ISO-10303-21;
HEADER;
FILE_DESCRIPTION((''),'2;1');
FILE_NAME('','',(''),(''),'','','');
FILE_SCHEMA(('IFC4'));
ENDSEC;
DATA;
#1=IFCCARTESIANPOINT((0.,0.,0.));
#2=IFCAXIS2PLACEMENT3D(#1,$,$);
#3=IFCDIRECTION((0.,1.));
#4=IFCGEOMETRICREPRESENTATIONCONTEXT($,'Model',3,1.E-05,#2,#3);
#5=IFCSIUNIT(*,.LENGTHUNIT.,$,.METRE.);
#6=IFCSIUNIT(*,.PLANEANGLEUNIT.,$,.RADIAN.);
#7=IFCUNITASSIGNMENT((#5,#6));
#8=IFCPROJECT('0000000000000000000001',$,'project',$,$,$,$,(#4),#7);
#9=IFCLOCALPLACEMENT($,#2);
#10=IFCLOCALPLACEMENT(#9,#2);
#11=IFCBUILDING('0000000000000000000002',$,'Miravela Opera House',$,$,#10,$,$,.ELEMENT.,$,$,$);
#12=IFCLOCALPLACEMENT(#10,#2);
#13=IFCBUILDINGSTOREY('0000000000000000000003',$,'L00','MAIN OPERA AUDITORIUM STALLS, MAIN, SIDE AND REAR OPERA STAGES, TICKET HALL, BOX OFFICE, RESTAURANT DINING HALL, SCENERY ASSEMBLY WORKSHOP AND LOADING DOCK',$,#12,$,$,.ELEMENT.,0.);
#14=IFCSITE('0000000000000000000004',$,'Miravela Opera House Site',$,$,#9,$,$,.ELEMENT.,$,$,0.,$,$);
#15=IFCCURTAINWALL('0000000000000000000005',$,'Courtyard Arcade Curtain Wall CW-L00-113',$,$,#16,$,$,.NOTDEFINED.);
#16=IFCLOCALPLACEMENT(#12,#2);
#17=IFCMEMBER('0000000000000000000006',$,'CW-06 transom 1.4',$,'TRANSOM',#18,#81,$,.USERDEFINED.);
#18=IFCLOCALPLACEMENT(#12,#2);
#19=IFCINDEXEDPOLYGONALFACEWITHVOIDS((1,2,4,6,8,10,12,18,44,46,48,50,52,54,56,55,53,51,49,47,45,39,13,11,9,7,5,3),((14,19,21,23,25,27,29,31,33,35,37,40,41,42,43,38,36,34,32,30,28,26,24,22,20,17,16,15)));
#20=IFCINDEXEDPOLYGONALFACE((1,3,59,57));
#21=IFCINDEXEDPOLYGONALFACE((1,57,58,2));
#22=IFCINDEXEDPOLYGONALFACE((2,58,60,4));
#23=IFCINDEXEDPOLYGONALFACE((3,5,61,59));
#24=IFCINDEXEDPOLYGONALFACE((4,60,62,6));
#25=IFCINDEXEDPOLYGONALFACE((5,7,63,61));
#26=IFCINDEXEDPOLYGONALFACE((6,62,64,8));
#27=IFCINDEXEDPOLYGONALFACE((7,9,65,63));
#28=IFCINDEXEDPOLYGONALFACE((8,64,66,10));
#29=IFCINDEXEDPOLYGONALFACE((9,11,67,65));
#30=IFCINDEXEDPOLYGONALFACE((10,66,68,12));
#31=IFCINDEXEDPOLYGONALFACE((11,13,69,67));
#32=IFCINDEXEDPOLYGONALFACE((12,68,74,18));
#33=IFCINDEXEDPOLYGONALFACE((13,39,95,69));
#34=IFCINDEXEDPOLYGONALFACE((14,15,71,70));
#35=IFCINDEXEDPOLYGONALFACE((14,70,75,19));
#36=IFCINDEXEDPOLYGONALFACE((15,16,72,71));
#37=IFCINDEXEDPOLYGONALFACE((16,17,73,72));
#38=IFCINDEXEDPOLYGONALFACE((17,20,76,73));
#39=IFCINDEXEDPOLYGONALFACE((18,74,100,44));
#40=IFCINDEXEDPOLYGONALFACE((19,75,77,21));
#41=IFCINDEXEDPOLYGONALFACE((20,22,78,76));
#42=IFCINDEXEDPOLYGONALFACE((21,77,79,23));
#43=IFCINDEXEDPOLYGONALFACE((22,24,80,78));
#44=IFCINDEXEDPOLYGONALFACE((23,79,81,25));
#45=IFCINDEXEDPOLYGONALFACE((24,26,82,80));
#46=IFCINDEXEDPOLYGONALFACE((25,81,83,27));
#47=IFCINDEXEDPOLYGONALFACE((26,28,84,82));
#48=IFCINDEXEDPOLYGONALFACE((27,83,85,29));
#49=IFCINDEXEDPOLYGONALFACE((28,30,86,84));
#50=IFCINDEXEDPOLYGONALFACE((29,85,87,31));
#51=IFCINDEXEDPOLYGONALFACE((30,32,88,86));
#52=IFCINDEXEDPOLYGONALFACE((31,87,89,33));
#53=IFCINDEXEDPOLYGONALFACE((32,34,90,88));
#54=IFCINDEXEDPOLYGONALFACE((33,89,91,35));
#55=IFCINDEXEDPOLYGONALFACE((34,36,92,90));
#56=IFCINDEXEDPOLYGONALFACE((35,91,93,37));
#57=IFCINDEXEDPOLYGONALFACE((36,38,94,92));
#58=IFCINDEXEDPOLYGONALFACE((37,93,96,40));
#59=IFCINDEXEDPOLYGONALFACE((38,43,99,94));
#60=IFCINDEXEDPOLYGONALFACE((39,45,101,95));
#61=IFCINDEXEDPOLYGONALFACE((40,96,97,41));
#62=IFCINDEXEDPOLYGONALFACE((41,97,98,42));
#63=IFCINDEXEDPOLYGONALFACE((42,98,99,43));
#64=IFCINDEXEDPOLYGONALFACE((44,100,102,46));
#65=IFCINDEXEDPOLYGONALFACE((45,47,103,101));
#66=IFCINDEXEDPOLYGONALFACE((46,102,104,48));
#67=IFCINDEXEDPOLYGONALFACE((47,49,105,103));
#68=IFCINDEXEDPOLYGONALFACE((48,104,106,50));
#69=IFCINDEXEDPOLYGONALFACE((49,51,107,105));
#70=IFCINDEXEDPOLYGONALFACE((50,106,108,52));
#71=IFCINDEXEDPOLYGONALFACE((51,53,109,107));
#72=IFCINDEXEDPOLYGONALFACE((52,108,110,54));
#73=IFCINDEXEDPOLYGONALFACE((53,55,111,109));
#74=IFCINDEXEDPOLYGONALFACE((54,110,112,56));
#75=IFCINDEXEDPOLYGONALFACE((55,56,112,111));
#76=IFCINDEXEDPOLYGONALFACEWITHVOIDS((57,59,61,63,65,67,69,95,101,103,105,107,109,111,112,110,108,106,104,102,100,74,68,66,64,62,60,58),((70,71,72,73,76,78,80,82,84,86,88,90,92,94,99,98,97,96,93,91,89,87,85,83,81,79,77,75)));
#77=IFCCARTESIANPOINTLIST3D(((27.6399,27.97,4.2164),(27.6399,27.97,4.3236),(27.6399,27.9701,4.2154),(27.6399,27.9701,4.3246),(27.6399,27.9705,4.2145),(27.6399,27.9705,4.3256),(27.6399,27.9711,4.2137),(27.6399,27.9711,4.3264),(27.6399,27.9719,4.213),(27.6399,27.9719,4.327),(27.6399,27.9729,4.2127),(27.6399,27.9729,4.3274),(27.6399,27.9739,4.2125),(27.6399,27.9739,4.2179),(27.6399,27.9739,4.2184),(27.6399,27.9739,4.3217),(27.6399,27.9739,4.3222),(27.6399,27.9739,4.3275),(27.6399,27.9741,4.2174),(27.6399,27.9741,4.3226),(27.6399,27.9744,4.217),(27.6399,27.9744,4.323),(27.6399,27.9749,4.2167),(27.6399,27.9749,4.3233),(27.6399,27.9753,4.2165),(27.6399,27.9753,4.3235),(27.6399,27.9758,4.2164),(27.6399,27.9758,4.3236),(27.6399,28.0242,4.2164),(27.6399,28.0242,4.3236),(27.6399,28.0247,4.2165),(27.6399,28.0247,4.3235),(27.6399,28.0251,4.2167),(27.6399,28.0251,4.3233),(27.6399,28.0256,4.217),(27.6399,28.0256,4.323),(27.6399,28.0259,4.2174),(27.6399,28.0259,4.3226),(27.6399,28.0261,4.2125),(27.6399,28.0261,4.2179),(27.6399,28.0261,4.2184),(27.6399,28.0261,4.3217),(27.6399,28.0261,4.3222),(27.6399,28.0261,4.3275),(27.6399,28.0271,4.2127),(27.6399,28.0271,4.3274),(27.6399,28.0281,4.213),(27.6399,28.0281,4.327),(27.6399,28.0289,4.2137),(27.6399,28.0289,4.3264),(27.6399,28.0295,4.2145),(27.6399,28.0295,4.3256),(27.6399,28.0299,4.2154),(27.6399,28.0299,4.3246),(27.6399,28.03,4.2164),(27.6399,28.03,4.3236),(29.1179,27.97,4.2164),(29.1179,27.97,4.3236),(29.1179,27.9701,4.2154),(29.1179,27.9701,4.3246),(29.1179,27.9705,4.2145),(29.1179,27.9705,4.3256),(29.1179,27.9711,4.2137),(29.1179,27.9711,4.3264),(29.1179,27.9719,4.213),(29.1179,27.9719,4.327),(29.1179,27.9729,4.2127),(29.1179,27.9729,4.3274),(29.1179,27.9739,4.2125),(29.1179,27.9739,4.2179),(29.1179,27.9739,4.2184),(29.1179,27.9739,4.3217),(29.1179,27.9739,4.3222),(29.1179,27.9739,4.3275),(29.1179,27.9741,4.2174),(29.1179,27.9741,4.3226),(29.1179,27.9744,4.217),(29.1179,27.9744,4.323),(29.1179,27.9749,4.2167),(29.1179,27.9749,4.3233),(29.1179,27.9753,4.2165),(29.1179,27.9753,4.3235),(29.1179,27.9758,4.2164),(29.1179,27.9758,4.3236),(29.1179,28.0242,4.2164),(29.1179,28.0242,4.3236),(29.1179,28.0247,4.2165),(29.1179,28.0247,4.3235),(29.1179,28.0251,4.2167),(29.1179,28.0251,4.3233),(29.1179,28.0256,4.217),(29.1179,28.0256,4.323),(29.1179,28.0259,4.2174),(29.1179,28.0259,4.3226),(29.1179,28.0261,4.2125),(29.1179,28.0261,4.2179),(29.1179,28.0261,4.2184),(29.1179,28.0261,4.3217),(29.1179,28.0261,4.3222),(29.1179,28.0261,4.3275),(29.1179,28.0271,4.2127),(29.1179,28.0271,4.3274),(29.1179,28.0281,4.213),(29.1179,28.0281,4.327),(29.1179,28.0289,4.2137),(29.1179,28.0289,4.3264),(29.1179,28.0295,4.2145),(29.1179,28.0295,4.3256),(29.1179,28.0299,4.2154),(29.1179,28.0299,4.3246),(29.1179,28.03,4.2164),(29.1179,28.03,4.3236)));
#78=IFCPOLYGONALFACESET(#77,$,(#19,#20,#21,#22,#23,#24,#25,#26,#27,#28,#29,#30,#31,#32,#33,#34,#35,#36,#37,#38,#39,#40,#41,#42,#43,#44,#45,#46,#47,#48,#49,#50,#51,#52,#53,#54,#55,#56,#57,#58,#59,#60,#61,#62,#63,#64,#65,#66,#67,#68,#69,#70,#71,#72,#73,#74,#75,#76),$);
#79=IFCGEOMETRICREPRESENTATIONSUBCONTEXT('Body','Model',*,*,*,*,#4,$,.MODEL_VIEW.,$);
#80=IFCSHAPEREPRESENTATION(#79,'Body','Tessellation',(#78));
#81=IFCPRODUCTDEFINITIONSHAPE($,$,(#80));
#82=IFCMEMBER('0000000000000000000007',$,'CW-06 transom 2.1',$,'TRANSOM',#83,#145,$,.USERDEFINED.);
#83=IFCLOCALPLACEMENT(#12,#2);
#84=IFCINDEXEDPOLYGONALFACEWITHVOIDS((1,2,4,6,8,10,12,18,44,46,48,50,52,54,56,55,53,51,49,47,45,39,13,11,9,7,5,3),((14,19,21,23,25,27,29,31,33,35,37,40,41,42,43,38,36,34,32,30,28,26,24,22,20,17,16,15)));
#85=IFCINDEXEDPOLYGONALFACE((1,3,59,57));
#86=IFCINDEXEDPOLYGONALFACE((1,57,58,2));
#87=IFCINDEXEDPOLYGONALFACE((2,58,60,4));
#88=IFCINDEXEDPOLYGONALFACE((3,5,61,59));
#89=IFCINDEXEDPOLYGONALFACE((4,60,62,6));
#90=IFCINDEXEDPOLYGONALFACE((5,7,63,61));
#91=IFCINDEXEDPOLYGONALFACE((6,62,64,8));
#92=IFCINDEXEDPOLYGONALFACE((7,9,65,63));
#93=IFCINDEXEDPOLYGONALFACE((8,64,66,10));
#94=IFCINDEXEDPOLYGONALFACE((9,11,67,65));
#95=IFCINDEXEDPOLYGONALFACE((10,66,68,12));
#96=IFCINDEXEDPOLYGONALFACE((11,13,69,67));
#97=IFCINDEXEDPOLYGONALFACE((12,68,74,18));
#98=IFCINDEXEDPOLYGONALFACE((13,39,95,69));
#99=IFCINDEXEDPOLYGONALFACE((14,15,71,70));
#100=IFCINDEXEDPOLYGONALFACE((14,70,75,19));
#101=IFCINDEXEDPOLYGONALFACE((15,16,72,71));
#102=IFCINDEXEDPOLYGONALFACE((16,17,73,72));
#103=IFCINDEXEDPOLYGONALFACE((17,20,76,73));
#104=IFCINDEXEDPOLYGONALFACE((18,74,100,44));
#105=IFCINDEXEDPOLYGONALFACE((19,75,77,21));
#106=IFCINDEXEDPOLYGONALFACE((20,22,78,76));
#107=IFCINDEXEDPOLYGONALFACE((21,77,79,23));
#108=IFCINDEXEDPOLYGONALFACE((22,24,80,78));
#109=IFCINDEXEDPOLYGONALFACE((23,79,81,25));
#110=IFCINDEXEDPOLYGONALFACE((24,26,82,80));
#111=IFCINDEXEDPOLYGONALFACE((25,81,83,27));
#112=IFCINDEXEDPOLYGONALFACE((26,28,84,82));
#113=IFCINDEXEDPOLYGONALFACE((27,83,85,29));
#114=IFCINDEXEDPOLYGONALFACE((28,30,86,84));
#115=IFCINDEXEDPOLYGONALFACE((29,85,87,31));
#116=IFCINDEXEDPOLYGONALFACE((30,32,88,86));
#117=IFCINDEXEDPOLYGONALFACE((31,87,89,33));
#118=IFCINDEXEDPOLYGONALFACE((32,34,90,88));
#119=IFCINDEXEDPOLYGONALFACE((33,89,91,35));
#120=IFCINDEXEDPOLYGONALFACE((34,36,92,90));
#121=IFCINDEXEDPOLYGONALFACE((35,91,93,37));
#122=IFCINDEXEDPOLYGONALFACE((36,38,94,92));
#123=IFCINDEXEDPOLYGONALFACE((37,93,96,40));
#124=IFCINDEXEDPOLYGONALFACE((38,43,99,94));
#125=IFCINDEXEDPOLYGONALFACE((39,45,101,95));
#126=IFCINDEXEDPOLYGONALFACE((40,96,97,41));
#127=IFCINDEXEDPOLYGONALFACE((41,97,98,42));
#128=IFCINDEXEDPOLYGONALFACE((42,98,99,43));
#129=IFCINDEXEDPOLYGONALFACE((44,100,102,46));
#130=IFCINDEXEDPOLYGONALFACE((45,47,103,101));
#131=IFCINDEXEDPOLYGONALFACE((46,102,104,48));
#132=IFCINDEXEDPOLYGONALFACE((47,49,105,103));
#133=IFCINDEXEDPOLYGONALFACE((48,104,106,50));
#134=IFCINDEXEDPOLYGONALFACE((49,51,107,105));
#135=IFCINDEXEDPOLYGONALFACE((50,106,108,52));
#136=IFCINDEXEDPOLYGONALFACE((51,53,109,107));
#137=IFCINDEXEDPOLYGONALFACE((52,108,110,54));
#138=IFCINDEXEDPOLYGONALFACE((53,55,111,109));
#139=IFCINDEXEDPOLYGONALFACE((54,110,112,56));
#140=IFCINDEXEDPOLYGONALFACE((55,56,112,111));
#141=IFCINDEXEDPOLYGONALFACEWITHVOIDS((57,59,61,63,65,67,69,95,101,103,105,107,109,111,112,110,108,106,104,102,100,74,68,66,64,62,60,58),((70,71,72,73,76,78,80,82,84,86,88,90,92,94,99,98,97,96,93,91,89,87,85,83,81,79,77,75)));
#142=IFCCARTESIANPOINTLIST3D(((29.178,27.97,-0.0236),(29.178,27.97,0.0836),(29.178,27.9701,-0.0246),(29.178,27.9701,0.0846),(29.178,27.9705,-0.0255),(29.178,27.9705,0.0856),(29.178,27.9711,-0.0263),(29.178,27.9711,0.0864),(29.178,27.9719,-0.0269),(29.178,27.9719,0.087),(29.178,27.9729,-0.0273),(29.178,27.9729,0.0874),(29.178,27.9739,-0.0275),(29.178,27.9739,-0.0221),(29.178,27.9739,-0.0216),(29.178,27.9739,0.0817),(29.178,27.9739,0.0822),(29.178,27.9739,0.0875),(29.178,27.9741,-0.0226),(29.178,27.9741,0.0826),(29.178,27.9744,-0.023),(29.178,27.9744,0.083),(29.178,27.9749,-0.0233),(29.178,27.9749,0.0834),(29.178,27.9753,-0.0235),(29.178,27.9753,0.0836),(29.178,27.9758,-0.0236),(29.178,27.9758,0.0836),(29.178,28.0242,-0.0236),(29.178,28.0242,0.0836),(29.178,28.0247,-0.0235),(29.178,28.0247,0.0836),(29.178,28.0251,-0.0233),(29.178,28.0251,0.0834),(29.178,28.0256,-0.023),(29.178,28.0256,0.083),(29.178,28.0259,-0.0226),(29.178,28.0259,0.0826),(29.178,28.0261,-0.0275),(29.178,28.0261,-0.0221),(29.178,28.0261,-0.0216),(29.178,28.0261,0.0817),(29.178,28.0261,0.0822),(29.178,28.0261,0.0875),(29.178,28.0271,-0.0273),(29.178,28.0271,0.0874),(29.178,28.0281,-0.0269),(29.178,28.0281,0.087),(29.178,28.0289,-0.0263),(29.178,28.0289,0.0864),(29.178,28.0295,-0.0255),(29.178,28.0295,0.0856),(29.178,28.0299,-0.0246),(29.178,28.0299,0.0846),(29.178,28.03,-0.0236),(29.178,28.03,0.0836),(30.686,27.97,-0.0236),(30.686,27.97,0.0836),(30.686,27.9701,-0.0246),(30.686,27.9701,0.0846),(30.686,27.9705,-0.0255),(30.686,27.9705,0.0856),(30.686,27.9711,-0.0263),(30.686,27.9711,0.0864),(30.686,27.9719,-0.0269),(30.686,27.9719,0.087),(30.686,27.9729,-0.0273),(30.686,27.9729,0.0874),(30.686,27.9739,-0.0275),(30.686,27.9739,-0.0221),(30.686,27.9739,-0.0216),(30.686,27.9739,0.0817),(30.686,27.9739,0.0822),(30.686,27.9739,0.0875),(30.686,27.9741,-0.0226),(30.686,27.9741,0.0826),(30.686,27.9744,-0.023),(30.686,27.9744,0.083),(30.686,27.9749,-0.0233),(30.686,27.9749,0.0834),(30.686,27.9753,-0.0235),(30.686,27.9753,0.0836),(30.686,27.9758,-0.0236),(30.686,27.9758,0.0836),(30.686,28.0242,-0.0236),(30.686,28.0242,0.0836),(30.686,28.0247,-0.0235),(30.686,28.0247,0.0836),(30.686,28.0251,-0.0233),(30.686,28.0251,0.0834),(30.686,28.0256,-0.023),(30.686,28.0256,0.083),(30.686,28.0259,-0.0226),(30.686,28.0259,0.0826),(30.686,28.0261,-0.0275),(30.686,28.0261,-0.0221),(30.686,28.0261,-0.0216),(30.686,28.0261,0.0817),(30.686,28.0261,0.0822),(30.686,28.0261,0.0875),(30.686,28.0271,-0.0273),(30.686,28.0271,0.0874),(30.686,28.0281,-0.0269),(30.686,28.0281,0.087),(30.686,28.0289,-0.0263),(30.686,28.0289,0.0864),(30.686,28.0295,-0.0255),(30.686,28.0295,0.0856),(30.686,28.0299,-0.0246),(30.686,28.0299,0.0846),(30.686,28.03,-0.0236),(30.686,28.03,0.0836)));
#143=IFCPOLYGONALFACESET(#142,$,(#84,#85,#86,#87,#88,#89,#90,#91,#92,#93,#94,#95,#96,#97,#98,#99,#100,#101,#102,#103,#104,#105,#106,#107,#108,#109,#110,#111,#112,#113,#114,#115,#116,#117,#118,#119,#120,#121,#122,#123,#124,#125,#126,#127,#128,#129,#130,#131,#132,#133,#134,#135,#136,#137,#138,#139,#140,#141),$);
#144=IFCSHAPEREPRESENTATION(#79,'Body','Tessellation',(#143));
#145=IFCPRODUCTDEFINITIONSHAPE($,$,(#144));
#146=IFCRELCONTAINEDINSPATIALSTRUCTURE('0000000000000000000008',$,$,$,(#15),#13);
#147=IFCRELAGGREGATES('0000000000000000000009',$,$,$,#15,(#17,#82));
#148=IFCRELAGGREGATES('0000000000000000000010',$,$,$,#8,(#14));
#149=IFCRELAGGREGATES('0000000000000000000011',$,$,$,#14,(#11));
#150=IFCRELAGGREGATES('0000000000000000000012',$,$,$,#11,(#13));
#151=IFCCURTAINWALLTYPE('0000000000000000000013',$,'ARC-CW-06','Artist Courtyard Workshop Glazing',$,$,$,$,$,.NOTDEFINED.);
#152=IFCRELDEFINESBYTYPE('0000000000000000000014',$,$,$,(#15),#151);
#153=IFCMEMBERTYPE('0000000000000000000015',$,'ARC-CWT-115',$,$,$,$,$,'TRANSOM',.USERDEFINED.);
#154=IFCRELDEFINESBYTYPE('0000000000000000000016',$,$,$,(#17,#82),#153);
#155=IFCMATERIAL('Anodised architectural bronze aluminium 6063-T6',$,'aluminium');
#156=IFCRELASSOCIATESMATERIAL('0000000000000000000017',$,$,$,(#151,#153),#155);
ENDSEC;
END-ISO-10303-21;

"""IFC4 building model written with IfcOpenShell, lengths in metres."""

from ifc_helpers import new_model, si_unit, direction, frame, origin, origin_2d, place, context, subcontext, project, spatial, hollow_rectangle, extrude, material, material_profile, profile_set, type_object, element, aggregate, save


model = new_model("IFC4")

# Units and contexts
model_context = context("Model", 3, precision=1e-05, world=origin(), true_north=direction((0.0, 1.0)))
body_context = subcontext(model_context, "Body", "Model", "MODEL_VIEW")
ifc_project = project(units=[si_unit("LENGTHUNIT", "METRE"), si_unit("PLANEANGLEUNIT", "RADIAN")], contexts=[model_context])

# Site, building, storey
site_placement = place(None, origin())
site = spatial("IfcSite", under=ifc_project, at=site_placement, Name="Miravela Opera House Site", CompositionType="ELEMENT", RefElevation=0.0)
building_placement = place(site_placement, origin())
building = spatial("IfcBuilding", under=site, at=building_placement, Name="Miravela Opera House", CompositionType="ELEMENT")
storey_placement = place(building_placement, origin())
storey = spatial("IfcBuildingStorey", under=building, at=storey_placement, Name="L00", Description="MAIN OPERA AUDITORIUM STALLS, MAIN, SIDE AND REAR OPERA STAGES, TICKET HALL, BOX OFFICE, RESTAURANT DINING HALL, SCENERY ASSEMBLY WORKSHOP AND LOADING DOCK", CompositionType="ELEMENT", Elevation=0.0)

# Curtain wall, members
ifc_material_1 = material(Name="Anodised architectural bronze aluminium 6063-T6", Category="aluminium")
curtain_wall_type = type_object("IfcCurtainWallType", Name="ARC-CW-06", Description="Artist Courtyard Workshop Glazing", PredefinedType="NOTDEFINED", material=ifc_material_1)
curtain_wall_placement = place(storey_placement, origin())
curtain_wall = element("IfcCurtainWall", 1, at=curtain_wall_placement, inside=storey, type_object=curtain_wall_type, Name="Courtyard Arcade Curtain Wall CW-L00-113", PredefinedType="NOTDEFINED")
ifc_material_profile_1 = material_profile(ifc_material_1, hollow_rectangle(XDim=0.0601, YDim=0.115, WallThickness=0.0039, InnerFilletRadius=0.002, OuterFilletRadius=0.0039, at=origin_2d()), Name="CWT-60X115")
ifc_profile_set_1 = profile_set([ifc_material_profile_1])
member_type_1 = type_object("IfcMemberType", Name="ARC-CWT-115", ElementType="TRANSOM", PredefinedType="USERDEFINED", material=ifc_profile_set_1)
member_1_placement = place(storey_placement, frame((27.6399, 28.0, 4.27), z_axis=(1.0, 0.0, 0.0), x_axis=(0.0, 1.0, 0.0)))
member_1 = element("IfcMember", 2, at=member_1_placement, type_object=member_type_1, Name="CW-06 transom 1.4", ObjectType="TRANSOM", PredefinedType="USERDEFINED", context=body_context, shape_type="SweptSolid", body=[
    extrude(hollow_rectangle(XDim=0.0601, YDim=0.115, WallThickness=0.0039, InnerFilletRadius=0.002, OuterFilletRadius=0.0039, at=origin_2d()), origin(), (0.0, 0.0, 1.0), 1.478),
])
member_2_placement = place(storey_placement, frame((29.178, 28.0, 0.03), z_axis=(1.0, 0.0, 0.0), x_axis=(0.0, 1.0, 0.0)))
member_2 = element("IfcMember", 3, at=member_2_placement, type_object=member_type_1, Name="CW-06 transom 2.1", ObjectType="TRANSOM", PredefinedType="USERDEFINED", context=body_context, shape_type="SweptSolid", body=[
    extrude(hollow_rectangle(XDim=0.0601, YDim=0.115, WallThickness=0.0039, InnerFilletRadius=0.002, OuterFilletRadius=0.0039, at=origin_2d()), origin(), (0.0, 0.0, 1.0), 1.5081),
])
aggregate(curtain_wall, [member_1, member_2])

save(model, "model.ifc")
